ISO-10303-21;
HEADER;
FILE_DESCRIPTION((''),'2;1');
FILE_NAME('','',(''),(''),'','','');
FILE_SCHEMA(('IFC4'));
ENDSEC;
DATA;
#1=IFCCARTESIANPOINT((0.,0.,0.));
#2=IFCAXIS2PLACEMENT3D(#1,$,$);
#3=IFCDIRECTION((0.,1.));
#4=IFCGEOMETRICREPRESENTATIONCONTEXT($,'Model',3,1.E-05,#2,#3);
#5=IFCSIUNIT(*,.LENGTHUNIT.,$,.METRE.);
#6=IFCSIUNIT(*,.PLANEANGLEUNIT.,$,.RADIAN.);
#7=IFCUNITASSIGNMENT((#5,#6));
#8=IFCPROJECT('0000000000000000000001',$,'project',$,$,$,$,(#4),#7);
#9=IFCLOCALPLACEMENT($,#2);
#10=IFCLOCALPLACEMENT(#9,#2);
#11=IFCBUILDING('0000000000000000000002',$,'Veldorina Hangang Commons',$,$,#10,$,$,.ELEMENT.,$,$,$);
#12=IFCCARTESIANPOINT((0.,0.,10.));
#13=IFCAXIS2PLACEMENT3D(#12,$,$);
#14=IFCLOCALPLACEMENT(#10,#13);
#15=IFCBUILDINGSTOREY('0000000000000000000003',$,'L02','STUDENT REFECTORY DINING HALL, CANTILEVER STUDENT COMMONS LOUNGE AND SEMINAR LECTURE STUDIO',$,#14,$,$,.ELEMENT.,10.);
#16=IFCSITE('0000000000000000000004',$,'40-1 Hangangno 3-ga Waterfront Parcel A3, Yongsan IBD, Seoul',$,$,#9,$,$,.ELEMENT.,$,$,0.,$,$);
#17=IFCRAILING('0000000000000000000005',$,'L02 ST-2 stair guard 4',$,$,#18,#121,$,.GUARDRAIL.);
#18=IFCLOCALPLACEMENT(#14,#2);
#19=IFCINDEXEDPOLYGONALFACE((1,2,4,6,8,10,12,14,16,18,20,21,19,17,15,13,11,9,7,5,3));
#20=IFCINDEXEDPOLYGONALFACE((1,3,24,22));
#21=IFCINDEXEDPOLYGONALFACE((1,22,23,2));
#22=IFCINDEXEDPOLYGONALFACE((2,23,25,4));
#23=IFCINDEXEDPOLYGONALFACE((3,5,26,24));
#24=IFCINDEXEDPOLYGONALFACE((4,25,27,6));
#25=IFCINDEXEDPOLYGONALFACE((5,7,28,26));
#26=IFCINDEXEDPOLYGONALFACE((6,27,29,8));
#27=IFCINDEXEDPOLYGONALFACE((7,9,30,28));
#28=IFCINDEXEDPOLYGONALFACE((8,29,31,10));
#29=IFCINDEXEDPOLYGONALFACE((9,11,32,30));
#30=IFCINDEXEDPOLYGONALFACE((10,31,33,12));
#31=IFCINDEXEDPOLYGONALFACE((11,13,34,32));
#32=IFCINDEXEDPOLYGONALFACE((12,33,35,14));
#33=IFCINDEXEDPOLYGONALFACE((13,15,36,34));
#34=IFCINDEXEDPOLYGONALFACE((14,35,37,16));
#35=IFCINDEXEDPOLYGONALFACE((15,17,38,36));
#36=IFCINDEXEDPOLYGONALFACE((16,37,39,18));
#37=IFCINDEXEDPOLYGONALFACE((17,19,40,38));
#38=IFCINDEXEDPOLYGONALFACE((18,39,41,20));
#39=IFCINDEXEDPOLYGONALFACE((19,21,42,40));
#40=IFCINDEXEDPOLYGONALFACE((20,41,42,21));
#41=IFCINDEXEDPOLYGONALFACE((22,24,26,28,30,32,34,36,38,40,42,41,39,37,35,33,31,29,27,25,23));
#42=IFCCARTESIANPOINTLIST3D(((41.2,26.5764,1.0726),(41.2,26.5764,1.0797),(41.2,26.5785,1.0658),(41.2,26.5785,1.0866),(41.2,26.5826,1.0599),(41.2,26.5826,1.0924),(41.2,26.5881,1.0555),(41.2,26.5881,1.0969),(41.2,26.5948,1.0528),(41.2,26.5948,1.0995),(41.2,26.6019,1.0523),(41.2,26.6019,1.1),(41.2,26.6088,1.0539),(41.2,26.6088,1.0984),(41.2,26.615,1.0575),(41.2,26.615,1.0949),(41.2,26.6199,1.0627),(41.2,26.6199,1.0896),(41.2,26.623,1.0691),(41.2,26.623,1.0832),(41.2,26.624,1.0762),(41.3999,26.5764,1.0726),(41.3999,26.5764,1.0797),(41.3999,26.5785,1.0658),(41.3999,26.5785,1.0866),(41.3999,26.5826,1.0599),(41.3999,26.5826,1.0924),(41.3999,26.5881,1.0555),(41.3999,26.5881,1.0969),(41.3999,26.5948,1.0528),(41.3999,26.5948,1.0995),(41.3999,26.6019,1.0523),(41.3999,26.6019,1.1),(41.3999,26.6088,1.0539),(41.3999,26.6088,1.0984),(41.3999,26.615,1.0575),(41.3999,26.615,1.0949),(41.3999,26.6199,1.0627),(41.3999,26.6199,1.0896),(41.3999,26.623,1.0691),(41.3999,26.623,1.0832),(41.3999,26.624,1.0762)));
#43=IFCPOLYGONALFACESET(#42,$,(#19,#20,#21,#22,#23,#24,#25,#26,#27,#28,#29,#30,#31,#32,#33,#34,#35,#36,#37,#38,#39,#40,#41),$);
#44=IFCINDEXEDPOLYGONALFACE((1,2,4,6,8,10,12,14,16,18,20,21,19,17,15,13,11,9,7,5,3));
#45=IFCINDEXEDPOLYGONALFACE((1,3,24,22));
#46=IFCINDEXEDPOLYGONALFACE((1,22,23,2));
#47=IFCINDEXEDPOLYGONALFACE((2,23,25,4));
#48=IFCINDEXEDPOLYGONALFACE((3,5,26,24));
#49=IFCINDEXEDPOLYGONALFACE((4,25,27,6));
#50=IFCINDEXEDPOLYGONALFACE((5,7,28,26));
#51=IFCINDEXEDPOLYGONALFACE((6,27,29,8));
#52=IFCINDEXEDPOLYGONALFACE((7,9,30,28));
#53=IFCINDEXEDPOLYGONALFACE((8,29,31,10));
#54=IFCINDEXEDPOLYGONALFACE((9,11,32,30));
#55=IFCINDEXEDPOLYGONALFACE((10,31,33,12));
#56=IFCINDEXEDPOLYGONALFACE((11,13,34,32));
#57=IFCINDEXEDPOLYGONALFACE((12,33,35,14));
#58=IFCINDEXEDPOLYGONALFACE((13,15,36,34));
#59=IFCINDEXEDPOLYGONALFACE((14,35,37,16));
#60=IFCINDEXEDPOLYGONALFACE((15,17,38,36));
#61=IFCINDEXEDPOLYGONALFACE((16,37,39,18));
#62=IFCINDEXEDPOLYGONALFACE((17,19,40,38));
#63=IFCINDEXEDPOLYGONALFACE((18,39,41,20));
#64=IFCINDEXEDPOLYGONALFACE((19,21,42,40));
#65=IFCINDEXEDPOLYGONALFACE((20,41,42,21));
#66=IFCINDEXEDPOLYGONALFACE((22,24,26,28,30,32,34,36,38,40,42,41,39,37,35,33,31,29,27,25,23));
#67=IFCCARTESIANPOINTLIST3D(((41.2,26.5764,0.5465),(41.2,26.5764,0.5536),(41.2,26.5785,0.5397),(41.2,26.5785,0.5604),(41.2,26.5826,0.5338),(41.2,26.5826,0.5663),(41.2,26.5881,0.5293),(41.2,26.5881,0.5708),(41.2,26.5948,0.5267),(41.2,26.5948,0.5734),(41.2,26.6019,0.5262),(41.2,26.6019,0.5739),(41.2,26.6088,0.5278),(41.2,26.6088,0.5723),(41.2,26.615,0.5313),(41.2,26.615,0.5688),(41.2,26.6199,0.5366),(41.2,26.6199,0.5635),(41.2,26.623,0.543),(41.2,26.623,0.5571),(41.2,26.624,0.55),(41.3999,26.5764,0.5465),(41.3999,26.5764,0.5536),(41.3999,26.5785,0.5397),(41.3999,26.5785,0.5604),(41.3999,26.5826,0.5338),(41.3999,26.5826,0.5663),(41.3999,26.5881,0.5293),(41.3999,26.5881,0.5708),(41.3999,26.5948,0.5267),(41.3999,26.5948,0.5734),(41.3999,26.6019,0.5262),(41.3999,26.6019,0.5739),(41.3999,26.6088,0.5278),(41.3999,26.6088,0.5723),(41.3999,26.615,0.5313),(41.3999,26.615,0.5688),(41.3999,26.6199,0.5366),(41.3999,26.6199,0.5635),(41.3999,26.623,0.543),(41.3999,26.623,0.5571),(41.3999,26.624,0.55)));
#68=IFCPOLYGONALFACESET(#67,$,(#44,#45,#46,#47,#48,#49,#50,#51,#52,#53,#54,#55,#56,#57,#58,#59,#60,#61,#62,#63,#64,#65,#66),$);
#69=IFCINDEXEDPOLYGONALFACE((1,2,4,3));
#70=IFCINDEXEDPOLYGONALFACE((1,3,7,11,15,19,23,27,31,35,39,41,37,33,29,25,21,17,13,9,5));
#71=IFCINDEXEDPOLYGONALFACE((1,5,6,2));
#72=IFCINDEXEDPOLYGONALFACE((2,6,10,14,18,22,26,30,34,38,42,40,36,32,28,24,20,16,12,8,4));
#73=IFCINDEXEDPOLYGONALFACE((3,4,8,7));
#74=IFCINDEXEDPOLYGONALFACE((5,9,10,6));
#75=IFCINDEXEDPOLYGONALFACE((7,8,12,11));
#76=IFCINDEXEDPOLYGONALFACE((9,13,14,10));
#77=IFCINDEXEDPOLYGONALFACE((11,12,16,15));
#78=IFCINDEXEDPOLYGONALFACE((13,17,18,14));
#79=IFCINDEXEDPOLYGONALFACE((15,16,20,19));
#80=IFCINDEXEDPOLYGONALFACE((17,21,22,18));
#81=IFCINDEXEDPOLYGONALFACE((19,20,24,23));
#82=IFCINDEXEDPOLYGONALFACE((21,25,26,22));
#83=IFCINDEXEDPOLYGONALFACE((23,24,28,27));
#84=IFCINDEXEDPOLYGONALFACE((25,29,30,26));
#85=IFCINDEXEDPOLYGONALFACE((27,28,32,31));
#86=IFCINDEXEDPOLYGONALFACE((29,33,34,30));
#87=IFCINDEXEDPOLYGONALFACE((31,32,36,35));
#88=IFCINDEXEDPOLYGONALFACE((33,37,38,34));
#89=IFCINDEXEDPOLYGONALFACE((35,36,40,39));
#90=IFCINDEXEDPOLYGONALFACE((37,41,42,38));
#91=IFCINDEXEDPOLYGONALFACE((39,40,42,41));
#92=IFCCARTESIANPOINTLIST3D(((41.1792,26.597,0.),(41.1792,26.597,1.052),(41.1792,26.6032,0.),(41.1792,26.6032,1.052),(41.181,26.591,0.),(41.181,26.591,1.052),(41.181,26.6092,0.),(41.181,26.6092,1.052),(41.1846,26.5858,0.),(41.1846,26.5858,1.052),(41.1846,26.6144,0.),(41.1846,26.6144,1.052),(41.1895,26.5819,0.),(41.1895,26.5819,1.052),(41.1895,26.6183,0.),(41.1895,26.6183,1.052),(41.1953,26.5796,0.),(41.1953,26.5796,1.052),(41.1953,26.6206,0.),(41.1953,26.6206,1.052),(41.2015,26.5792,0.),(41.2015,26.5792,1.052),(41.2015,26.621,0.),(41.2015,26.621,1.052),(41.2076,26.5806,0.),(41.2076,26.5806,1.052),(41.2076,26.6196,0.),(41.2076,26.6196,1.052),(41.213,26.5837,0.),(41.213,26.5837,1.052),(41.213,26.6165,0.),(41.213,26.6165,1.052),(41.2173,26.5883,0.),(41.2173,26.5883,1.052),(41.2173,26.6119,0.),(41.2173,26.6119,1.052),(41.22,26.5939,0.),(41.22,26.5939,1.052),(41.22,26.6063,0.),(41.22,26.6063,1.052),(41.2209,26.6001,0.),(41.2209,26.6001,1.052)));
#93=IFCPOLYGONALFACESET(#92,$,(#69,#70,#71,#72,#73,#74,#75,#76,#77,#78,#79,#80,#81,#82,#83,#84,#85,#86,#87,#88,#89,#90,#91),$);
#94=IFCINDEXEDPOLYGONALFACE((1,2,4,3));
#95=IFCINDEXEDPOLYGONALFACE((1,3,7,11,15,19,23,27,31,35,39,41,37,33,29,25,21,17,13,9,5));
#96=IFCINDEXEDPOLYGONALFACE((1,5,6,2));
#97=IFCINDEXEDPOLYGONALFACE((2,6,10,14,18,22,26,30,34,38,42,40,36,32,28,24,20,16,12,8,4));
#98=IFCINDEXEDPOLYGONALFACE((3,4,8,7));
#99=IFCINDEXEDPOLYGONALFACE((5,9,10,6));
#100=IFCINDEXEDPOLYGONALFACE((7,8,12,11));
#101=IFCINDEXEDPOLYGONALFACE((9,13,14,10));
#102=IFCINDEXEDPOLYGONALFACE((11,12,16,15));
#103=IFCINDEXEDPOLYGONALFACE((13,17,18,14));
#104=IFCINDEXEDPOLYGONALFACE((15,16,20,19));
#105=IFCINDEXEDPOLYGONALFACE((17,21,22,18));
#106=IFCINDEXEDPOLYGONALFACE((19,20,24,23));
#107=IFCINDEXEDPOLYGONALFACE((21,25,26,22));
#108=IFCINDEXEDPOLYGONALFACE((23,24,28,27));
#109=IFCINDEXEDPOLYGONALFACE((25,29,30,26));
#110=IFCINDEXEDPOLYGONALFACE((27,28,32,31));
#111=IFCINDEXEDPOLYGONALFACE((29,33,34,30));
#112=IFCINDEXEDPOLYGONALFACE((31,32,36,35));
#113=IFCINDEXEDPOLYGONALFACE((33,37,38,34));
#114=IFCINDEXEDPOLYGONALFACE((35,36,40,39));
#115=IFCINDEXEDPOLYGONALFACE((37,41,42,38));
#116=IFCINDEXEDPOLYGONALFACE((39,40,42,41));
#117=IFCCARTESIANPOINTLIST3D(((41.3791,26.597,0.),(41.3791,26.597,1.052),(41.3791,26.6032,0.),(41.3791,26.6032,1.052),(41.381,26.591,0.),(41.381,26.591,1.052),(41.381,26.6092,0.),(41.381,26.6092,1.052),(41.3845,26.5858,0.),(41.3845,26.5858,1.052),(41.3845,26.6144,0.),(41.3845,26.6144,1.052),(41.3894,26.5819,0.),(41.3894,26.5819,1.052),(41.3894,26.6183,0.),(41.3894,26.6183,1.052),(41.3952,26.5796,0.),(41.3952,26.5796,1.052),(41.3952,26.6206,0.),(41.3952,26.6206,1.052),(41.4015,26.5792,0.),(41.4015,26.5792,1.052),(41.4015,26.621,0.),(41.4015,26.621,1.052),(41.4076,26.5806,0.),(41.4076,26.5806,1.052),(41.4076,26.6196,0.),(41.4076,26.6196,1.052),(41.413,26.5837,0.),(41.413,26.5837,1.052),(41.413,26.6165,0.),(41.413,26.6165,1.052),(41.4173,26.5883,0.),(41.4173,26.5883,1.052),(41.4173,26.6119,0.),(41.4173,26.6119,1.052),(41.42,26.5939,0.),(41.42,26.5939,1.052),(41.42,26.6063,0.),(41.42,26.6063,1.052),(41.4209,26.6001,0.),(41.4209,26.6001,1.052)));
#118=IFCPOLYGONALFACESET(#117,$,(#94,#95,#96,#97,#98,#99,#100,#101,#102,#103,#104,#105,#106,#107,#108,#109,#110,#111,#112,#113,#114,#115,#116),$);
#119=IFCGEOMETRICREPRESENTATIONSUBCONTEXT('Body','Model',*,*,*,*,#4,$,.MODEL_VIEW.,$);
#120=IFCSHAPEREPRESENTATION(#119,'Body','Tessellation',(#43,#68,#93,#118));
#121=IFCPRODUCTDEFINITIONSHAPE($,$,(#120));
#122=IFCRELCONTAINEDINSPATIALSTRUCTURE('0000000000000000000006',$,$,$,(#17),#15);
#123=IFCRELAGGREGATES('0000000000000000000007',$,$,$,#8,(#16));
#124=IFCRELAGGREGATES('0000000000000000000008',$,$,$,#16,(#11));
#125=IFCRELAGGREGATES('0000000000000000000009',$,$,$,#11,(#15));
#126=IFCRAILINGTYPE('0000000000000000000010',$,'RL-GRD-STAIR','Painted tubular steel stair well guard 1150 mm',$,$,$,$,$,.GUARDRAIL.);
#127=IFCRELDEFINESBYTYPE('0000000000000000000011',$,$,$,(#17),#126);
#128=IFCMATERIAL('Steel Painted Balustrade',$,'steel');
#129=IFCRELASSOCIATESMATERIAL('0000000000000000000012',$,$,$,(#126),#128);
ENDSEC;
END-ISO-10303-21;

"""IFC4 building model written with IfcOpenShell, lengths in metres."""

from ifc_helpers import new_model, si_unit, direction, frame, origin, origin_2d, place, context, subcontext, project, spatial, circle, extrude, material, type_object, element, save


model = new_model("IFC4")

# Units and contexts
model_context = context("Model", 3, precision=1e-05, world=origin(), true_north=direction((0.0, 1.0)))
body_context = subcontext(model_context, "Body", "Model", "MODEL_VIEW")
ifc_project = project(units=[si_unit("LENGTHUNIT", "METRE"), si_unit("PLANEANGLEUNIT", "RADIAN")], contexts=[model_context])

# Site, building, storey
site_placement = place(None, origin())
site = spatial("IfcSite", under=ifc_project, at=site_placement, Name="40-1 Hangangno 3-ga Waterfront Parcel A3, Yongsan IBD, Seoul", CompositionType="ELEMENT", RefElevation=0.0)
building_placement = place(site_placement, origin())
building = spatial("IfcBuilding", under=site, at=building_placement, Name="Veldorina Hangang Commons", CompositionType="ELEMENT")
storey_placement = place(building_placement, frame((0.0, 0.0, 10.0)))
storey = spatial("IfcBuildingStorey", under=building, at=storey_placement, Name="L02", Description="STUDENT REFECTORY DINING HALL, CANTILEVER STUDENT COMMONS LOUNGE AND SEMINAR LECTURE STUDIO", CompositionType="ELEMENT", Elevation=10.0)

# Railing
ifc_material_1 = material(Name="Steel Painted Balustrade", Category="steel")
railing_type_1 = type_object("IfcRailingType", Name="RL-GRD-STAIR", Description="Painted tubular steel stair well guard 1150 mm", PredefinedType="GUARDRAIL", material=ifc_material_1)
railing_1_placement = place(storey_placement, frame((41.2, 26.6001, 0.0)))
element("IfcRailing", 1, at=railing_1_placement, inside=storey, type_object=railing_type_1, Name="L02 ST-2 stair guard 4", PredefinedType="GUARDRAIL", context=body_context, shape_type="SweptSolid", body=[
    extrude(circle(Radius=0.0239, at=origin_2d()), frame((0.0, 0.0, 1.0762), z_axis=(1.0, 0.0, 0.0), x_axis=(0.0, 1.0, 0.0)), (0.0, 0.0, 1.0), 0.2),
    extrude(circle(Radius=0.0239, at=origin_2d()), frame((0.0, 0.0, 0.55), z_axis=(1.0, 0.0, 0.0), x_axis=(0.0, 1.0, 0.0)), (0.0, 0.0, 1.0), 0.2),
    extrude(circle(Radius=0.021, at=origin_2d()), origin(), (0.0, 0.0, 1.0), 1.052),
    extrude(circle(Radius=0.021, at=origin_2d()), frame((0.2, 0.0, 0.0)), (0.0, 0.0, 1.0), 1.052),
])

save(model, "model.ifc")
